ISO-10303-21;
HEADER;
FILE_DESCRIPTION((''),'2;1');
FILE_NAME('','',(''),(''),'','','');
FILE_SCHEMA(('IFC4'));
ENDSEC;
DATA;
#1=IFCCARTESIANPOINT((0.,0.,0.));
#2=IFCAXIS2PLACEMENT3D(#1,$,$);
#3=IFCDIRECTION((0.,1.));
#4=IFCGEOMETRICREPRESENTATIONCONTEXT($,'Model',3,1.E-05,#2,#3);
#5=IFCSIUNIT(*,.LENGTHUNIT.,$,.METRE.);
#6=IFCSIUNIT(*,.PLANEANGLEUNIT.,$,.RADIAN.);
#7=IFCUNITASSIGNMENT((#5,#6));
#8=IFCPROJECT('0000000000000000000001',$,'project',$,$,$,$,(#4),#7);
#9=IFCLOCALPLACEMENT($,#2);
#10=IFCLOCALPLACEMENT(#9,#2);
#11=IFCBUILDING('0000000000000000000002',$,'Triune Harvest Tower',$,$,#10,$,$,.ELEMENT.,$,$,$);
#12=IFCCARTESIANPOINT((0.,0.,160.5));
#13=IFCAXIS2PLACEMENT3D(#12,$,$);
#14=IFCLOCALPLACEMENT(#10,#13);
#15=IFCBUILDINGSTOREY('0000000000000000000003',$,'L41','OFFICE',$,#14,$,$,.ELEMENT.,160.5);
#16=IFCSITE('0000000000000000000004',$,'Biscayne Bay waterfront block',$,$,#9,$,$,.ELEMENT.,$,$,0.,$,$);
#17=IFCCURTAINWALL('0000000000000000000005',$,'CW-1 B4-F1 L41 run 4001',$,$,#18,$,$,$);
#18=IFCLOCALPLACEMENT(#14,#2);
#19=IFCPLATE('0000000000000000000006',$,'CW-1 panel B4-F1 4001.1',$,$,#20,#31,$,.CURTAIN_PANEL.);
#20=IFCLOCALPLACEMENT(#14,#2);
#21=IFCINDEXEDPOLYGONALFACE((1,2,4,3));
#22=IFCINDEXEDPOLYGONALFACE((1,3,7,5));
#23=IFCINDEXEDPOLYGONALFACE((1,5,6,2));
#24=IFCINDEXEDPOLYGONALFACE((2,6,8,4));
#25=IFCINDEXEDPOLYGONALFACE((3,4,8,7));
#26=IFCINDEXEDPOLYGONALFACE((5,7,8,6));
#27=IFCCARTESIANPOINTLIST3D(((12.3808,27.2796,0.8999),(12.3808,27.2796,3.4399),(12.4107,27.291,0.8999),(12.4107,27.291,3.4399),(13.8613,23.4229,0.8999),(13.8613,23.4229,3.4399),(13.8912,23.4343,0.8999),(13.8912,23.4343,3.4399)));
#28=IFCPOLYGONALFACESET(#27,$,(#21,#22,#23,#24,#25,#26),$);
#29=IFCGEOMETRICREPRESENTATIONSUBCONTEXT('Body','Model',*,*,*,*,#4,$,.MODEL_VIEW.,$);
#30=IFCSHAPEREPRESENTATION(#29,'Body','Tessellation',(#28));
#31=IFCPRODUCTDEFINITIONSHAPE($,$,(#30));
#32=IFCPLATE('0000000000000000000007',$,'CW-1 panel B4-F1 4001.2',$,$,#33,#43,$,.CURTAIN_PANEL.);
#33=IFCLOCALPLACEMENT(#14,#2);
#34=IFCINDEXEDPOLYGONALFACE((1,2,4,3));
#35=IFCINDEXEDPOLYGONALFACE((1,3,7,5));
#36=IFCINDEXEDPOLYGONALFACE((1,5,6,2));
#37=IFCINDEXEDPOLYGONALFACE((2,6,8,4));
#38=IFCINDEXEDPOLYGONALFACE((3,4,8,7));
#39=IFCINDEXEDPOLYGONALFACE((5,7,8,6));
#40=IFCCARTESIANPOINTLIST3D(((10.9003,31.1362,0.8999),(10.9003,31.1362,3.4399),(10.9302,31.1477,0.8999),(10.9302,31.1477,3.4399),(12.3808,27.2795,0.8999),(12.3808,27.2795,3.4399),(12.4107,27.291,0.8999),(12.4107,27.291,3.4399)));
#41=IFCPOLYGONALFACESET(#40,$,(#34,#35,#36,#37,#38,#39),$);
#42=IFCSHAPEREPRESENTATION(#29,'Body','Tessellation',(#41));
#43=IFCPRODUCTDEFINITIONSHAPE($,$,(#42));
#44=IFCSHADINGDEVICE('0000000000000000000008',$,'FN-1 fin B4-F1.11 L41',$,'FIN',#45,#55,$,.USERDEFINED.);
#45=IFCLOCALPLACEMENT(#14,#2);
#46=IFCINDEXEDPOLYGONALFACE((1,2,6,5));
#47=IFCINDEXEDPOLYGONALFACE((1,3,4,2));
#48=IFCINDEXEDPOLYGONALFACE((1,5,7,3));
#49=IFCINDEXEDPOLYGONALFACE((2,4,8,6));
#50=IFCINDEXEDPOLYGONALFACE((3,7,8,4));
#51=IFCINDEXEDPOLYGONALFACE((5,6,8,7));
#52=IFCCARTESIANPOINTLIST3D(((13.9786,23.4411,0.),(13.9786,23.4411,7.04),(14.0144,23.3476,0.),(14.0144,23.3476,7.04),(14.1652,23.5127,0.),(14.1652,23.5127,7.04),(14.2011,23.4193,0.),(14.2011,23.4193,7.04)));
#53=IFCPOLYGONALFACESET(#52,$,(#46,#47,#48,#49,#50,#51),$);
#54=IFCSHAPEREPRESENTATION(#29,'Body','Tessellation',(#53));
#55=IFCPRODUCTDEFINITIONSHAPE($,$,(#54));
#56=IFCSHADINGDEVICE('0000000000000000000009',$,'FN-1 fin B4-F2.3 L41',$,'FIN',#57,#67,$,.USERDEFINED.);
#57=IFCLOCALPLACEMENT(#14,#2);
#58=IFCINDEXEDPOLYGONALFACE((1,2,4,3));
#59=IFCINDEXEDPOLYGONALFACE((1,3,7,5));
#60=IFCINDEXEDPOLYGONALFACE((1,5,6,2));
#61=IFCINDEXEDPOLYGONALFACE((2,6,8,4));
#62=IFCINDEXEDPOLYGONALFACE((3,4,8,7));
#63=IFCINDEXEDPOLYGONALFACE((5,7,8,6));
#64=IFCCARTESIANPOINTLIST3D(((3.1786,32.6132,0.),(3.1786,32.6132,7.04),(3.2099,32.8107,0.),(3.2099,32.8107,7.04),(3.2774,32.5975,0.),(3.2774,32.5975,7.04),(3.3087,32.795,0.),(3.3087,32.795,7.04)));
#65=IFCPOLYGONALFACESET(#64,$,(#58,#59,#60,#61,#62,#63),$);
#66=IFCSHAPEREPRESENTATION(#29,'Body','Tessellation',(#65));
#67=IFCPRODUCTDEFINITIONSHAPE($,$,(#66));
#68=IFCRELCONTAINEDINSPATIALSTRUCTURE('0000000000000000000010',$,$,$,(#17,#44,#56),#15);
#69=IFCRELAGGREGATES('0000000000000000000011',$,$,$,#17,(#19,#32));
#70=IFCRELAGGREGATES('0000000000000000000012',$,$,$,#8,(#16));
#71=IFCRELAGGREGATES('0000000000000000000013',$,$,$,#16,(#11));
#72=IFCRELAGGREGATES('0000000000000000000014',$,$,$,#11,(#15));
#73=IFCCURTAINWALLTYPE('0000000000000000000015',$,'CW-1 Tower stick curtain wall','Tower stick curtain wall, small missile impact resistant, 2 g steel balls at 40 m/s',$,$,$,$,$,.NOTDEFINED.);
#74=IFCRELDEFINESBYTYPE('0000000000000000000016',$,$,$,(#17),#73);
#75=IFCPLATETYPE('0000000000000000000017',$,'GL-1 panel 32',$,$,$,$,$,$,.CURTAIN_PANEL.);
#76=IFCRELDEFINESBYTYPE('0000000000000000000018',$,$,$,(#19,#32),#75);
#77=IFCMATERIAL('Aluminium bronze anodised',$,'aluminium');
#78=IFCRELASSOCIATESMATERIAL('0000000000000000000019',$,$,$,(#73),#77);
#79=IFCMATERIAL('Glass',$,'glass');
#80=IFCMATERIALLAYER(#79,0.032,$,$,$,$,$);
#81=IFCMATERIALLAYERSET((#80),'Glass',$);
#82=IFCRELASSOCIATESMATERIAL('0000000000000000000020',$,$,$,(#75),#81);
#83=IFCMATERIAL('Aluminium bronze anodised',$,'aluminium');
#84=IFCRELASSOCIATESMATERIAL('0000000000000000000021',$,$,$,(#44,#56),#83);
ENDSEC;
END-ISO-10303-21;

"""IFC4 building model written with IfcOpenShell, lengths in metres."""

from ifc_helpers import new_model, si_unit, direction, frame, origin, origin_2d, place, context, subcontext, project, spatial, rectangle, extrude, source, transform, mapped, material, layer, layer_set, type_object, element, aggregate, save


model = new_model("IFC4")

# Units and contexts
model_context = context("Model", 3, precision=1e-05, world=origin(), true_north=direction((0.0, 1.0)))
body_context = subcontext(model_context, "Body", "Model", "MODEL_VIEW")
ifc_project = project(units=[si_unit("LENGTHUNIT", "METRE"), si_unit("PLANEANGLEUNIT", "RADIAN")], contexts=[model_context])

# Site, building, storey
site_placement = place(None, origin())
site = spatial("IfcSite", under=ifc_project, at=site_placement, Name="Biscayne Bay waterfront block", CompositionType="ELEMENT", RefElevation=0.0)
building_placement = place(site_placement, origin())
building = spatial("IfcBuilding", under=site, at=building_placement, Name="Triune Harvest Tower", CompositionType="ELEMENT")
storey_placement = place(building_placement, frame((0.0, 0.0, 160.5)))
storey = spatial("IfcBuildingStorey", under=building, at=storey_placement, Name="L41", Description="OFFICE", CompositionType="ELEMENT", Elevation=160.5)

# Curtain wall
ifc_material_1 = material(Name="Aluminium bronze anodised", Category="aluminium")
curtain_wall_type_1 = type_object("IfcCurtainWallType", Name="CW-1 Tower stick curtain wall", Description="Tower stick curtain wall, small missile impact resistant, 2 g steel balls at 40 m/s", PredefinedType="NOTDEFINED", material=ifc_material_1)
curtain_wall_1_placement = place(storey_placement, origin())
curtain_wall_1 = element("IfcCurtainWall", 1, at=curtain_wall_1_placement, inside=storey, type_object=curtain_wall_type_1, Name="CW-1 B4-F1 L41 run 4001")

# Plates
ifc_material_2 = material(Name="Glass", Category="glass")
ifc_layer = layer(ifc_material_2, 0.032)
ifc_layer_set = layer_set([ifc_layer], Name="Glass")
plate_type = type_object("IfcPlateType", Name="GL-1 panel 32", PredefinedType="CURTAIN_PANEL", material=ifc_layer_set)
shared_shape_1 = source(origin(), body_context, "Body", "SweptSolid", [
    extrude(rectangle(XDim=4.1311, YDim=0.032, at=origin_2d()), origin(), (0.0, 0.0, 1.0), 2.54),
])
plate_1_placement = place(storey_placement, frame((13.136, 25.3569, 0.8999), z_axis=(0.0, 0.0, 1.0), x_axis=(-0.358376, 0.933577, 0.0)))
plate_1 = element("IfcPlate", 2, at=plate_1_placement, type_object=plate_type, Name="CW-1 panel B4-F1 4001.1", PredefinedType="CURTAIN_PANEL", context=body_context, shape_type="MappedRepresentation", body=[
    mapped(shared_shape_1, transform((0.0, 0.0, 0.0), scale=1.0)),
])
plate_2_placement = place(storey_placement, frame((11.6555, 29.2136, 0.8999), z_axis=(0.0, 0.0, 1.0), x_axis=(-0.358376, 0.933577, 0.0)))
plate_2 = element("IfcPlate", 3, at=plate_2_placement, type_object=plate_type, Name="CW-1 panel B4-F1 4001.2", PredefinedType="CURTAIN_PANEL", context=body_context, shape_type="MappedRepresentation", body=[
    mapped(shared_shape_1, transform((0.0, 0.0, 0.0), scale=1.0)),
])
aggregate(curtain_wall_1, [plate_1, plate_2])

# Shading devices
ifc_material_3 = material(Name="Aluminium bronze anodised", Category="aluminium")
shared_shape_2 = source(origin(), body_context, "Body", "SweptSolid", [
    extrude(rectangle(XDim=0.1001, YDim=0.2, at=origin_2d()), origin(), (0.0, 0.0, 1.0), 7.04),
])
for number, where, z_axis, x_axis, name in (
    (4, (14.0898, 23.4302, 0.0), (0.0, 0.0, 1.0), (-0.358369, 0.93358, 0.0), "FN-1 fin B4-F1.11 L41"),
    (5, (3.2437, 32.7041, 0.0), (0.0, 0.0, 1.0), (-0.987689, 0.156433, 0.0), "FN-1 fin B4-F2.3 L41"),
):
    element("IfcShadingDevice", number, at=place(storey_placement, frame(where, z_axis=z_axis, x_axis=x_axis)), inside=storey, material=ifc_material_3, Name=name, ObjectType="FIN", PredefinedType="USERDEFINED", context=body_context, shape_type="MappedRepresentation", body=[
        mapped(shared_shape_2, transform((0.0, 0.0, 0.0), scale=1.0)),
    ])

save(model, "model.ifc")
